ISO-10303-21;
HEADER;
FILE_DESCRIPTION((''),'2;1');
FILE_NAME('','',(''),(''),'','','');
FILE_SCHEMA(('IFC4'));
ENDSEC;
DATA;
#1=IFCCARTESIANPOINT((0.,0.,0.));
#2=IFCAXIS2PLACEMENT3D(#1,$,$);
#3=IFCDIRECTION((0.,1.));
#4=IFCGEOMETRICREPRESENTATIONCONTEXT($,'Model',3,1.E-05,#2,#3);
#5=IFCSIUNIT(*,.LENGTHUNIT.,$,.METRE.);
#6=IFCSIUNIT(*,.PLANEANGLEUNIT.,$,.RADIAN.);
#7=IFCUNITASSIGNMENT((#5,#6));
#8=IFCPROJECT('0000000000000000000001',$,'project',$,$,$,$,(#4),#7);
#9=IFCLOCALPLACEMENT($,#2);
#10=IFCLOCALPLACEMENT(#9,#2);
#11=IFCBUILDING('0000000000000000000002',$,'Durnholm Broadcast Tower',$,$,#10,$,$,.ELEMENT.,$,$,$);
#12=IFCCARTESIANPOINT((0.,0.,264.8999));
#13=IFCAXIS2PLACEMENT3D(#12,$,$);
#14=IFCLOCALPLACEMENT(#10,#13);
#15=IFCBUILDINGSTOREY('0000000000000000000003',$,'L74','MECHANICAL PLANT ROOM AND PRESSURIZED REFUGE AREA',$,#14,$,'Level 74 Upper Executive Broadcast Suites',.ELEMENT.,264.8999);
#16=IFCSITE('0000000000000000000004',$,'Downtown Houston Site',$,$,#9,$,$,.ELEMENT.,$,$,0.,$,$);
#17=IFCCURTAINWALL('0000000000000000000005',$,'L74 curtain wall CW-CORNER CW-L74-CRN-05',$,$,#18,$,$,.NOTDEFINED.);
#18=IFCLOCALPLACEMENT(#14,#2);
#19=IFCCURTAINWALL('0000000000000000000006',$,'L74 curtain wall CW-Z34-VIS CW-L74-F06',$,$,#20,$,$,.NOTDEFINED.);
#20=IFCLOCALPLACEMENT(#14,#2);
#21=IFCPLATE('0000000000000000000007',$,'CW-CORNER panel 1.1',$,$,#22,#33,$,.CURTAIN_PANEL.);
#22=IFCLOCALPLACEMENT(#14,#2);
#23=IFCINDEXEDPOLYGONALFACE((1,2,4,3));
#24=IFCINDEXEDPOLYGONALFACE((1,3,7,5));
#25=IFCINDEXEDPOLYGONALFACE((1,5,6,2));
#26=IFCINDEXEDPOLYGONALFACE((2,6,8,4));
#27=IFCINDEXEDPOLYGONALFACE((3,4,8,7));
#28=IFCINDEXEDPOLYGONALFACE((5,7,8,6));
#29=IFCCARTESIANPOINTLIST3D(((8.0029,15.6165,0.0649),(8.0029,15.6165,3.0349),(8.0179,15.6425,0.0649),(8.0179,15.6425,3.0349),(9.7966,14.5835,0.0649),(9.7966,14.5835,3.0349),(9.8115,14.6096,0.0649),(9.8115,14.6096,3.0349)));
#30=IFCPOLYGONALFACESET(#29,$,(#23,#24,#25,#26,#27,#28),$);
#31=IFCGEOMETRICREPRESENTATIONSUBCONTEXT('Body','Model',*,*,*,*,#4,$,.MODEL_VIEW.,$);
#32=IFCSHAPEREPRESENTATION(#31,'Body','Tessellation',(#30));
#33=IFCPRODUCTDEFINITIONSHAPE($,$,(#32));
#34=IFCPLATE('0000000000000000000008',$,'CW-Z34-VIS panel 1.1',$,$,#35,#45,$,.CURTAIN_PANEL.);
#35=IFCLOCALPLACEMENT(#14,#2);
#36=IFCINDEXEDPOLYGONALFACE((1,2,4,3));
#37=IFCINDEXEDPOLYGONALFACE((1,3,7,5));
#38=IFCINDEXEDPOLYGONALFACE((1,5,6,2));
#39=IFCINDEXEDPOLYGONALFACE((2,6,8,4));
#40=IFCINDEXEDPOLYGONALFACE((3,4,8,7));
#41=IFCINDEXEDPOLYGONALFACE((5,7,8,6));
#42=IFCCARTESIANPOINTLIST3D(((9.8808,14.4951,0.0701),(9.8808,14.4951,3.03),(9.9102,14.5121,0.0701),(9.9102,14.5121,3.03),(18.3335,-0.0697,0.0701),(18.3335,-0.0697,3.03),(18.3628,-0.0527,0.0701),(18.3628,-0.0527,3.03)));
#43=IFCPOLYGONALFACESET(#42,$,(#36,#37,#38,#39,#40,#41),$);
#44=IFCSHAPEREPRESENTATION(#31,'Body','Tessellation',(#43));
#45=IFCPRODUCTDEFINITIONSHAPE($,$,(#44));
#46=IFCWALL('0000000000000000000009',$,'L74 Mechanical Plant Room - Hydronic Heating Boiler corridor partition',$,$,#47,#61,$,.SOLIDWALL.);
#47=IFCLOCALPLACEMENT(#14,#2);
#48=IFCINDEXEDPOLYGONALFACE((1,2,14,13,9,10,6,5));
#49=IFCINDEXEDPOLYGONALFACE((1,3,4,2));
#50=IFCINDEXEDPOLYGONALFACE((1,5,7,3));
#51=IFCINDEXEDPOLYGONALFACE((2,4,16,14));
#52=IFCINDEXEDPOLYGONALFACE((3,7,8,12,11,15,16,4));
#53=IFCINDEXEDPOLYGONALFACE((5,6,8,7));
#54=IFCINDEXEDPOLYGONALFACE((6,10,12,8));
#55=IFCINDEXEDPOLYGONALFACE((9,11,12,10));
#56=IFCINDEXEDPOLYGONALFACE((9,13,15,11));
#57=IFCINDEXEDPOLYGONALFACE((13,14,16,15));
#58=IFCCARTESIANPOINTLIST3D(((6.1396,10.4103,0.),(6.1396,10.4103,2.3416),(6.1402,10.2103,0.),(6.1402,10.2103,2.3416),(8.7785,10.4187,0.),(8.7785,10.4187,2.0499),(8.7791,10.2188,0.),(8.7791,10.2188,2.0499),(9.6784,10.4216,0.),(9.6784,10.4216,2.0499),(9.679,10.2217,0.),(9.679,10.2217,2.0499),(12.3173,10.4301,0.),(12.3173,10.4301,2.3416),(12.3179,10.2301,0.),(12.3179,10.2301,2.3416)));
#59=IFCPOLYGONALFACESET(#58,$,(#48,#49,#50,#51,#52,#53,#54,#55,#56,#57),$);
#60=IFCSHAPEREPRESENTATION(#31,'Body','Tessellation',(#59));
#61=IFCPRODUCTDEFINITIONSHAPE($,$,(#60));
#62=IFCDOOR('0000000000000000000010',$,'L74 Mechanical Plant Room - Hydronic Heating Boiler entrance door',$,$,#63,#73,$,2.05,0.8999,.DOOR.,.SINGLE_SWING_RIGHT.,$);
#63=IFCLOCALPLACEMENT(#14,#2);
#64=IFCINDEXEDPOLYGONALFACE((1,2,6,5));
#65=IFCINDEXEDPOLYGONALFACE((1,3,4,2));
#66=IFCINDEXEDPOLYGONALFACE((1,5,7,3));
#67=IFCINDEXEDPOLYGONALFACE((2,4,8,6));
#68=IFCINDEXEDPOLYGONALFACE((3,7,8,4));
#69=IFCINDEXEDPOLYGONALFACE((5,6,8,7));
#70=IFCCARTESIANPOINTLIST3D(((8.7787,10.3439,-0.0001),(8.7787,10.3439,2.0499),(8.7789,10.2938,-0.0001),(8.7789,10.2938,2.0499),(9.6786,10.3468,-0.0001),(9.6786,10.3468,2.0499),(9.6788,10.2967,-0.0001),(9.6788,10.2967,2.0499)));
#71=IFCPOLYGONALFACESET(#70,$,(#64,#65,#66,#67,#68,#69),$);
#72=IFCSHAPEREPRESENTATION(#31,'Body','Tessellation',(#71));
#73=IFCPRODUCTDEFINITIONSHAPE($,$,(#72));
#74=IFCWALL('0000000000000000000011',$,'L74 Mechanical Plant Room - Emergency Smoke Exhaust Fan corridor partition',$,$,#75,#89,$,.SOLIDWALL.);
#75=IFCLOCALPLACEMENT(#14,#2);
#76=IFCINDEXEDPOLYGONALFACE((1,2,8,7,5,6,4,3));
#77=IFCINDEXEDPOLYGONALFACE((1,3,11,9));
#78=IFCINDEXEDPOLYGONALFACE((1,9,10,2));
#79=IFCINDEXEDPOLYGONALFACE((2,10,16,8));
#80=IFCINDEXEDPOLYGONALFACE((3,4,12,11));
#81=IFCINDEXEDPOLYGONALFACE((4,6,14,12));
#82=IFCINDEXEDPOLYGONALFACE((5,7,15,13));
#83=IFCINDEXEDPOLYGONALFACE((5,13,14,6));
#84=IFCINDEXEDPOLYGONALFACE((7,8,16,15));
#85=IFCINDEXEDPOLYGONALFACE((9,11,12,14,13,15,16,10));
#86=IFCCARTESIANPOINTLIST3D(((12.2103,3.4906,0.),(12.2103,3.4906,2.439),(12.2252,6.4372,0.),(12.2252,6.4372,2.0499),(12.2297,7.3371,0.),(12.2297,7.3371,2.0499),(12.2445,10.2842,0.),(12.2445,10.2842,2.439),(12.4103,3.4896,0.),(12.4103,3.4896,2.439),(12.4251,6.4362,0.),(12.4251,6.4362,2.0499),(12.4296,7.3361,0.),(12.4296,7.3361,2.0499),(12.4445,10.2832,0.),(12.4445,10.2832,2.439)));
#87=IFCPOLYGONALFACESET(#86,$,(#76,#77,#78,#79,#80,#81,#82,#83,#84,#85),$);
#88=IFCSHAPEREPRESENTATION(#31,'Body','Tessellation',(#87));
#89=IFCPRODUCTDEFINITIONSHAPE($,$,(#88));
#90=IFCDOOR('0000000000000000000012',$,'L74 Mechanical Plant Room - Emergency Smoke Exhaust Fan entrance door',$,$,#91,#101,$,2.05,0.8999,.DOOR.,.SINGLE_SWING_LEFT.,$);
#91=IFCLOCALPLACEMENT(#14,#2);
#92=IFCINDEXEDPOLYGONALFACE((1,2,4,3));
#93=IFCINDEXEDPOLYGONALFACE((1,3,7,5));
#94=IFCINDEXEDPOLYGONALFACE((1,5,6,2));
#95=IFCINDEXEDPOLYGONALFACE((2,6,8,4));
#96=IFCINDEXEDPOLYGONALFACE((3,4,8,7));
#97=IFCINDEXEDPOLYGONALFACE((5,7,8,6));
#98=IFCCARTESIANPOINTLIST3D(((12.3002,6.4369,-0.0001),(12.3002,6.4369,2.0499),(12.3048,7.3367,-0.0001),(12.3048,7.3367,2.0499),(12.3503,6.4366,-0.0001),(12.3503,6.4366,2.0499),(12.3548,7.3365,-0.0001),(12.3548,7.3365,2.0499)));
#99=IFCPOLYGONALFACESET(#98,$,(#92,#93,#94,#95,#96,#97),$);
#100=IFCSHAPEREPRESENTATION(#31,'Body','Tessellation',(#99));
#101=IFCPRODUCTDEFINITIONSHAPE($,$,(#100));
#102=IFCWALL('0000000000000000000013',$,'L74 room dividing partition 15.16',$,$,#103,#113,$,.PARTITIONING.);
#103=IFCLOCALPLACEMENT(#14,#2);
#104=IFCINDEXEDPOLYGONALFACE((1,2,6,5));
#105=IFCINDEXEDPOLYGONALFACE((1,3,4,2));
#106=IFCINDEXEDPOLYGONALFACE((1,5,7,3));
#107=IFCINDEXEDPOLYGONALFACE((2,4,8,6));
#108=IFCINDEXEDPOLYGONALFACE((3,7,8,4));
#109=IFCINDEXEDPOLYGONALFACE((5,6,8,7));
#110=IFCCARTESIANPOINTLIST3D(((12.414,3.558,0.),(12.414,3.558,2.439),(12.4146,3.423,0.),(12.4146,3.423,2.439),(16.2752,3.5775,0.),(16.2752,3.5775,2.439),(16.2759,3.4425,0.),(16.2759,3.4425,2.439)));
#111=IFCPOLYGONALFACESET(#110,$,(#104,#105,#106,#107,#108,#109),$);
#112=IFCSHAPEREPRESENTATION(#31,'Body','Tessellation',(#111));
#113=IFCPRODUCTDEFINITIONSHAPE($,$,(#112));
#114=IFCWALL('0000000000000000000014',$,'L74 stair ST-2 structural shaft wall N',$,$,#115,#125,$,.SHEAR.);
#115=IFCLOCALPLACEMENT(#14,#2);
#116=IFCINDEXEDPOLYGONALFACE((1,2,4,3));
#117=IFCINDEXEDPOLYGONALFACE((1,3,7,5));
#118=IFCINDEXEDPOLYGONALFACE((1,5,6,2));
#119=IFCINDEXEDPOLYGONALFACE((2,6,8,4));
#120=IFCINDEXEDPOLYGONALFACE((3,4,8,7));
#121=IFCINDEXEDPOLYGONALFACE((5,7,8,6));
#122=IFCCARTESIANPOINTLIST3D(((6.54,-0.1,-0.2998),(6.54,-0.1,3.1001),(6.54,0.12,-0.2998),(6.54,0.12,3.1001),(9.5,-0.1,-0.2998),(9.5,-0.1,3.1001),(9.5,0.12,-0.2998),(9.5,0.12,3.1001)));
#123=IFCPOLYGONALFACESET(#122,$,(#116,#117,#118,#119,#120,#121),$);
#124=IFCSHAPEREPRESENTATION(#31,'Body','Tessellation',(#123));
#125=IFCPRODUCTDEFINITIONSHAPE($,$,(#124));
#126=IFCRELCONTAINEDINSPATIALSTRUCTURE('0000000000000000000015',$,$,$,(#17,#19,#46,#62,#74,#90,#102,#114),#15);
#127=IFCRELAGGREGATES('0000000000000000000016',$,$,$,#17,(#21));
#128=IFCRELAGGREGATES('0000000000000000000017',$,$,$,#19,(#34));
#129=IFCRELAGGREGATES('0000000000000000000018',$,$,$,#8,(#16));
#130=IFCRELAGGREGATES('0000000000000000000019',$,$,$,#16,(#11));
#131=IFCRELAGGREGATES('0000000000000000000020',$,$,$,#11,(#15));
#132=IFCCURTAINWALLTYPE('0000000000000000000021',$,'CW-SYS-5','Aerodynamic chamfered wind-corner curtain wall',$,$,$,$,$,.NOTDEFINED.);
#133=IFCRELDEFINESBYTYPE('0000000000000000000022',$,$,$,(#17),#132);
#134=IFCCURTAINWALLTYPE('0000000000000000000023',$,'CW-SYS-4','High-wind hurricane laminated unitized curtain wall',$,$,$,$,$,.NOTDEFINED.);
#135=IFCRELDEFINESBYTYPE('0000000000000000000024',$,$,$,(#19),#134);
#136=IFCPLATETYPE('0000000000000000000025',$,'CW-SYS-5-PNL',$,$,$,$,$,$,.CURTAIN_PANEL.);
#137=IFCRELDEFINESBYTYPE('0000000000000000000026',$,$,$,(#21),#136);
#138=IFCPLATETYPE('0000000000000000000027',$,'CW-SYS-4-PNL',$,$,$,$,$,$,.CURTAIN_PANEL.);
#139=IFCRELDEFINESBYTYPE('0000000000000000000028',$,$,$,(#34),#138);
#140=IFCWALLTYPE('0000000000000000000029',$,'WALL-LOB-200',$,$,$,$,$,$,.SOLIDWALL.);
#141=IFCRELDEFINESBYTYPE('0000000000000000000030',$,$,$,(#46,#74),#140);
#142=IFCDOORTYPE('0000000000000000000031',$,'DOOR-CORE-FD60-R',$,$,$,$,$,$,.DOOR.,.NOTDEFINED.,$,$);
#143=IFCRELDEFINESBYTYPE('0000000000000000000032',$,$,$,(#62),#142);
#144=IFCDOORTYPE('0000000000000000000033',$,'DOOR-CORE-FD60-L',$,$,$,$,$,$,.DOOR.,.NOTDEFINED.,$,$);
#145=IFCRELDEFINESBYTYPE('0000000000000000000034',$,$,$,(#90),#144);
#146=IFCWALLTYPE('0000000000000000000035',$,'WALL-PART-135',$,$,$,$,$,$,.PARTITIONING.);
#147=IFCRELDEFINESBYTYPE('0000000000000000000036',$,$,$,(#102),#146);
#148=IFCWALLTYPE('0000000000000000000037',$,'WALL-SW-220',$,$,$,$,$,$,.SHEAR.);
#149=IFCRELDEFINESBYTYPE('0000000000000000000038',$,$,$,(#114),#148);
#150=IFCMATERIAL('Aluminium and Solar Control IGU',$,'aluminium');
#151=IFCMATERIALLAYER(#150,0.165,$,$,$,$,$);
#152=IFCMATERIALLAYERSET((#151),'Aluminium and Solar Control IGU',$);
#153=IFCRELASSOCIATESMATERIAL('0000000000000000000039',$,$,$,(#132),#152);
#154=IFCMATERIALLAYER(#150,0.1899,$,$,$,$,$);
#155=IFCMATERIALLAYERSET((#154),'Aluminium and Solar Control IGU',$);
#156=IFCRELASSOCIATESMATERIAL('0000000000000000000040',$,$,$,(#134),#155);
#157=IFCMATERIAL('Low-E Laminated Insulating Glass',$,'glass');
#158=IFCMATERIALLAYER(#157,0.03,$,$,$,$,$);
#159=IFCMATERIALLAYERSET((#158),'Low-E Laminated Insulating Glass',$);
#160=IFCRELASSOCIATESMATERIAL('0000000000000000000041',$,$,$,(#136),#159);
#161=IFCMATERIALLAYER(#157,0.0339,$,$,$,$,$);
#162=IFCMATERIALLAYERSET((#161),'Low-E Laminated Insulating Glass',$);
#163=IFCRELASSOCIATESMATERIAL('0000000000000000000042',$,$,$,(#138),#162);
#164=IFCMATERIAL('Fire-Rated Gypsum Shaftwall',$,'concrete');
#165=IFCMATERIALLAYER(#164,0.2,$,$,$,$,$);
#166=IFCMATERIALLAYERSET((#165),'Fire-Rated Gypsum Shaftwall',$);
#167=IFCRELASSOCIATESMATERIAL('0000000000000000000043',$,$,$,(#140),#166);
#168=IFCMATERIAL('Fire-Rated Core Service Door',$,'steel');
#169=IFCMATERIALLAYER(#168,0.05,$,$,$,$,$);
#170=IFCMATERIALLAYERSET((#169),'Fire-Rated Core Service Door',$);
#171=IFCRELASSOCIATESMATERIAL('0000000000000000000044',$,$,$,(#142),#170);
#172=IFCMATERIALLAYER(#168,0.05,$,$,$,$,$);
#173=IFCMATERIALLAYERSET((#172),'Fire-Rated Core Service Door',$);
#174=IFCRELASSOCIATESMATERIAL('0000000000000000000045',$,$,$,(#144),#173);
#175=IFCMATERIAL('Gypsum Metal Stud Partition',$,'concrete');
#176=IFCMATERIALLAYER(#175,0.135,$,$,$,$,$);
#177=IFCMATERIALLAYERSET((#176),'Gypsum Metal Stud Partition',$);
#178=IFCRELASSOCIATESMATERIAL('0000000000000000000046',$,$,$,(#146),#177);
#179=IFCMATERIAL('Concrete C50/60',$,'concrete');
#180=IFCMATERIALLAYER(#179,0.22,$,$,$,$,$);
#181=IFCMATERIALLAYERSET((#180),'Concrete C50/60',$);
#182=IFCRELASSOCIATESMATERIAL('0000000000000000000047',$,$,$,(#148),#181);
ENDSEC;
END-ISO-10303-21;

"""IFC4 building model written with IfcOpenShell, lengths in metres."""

from ifc_helpers import new_model, si_unit, direction, frame, frame_2d, origin, origin_2d, place, context, subcontext, project, spatial, rectangle, extrude, source, transform, mapped, material, layer, layer_set, type_object, type_shapes, element, fill, aggregate, save


model = new_model("IFC4")

# Units and contexts
model_context = context("Model", 3, precision=1e-05, world=origin(), true_north=direction((0.0, 1.0)))
body_context = subcontext(model_context, "Body", "Model", "MODEL_VIEW")
ifc_project = project(units=[si_unit("LENGTHUNIT", "METRE"), si_unit("PLANEANGLEUNIT", "RADIAN")], contexts=[model_context])

# Site, building, storey
site_placement = place(None, origin())
site = spatial("IfcSite", under=ifc_project, at=site_placement, Name="Downtown Houston Site", CompositionType="ELEMENT", RefElevation=0.0)
building_placement = place(site_placement, origin())
building = spatial("IfcBuilding", under=site, at=building_placement, Name="Durnholm Broadcast Tower", CompositionType="ELEMENT")
storey_placement = place(building_placement, frame((0.0, 0.0, 264.8999)))
storey = spatial("IfcBuildingStorey", under=building, at=storey_placement, Name="L74", Description="MECHANICAL PLANT ROOM AND PRESSURIZED REFUGE AREA", LongName="Level 74 Upper Executive Broadcast Suites", CompositionType="ELEMENT", Elevation=264.8999)

# Curtain walls
ifc_material_1 = material(Name="Aluminium and Solar Control IGU", Category="aluminium")
ifc_layer_1 = layer(ifc_material_1, 0.165)
ifc_layer_set_1 = layer_set([ifc_layer_1], Name="Aluminium and Solar Control IGU")
curtain_wall_type_1 = type_object("IfcCurtainWallType", Name="CW-SYS-5", Description="Aerodynamic chamfered wind-corner curtain wall", PredefinedType="NOTDEFINED", material=ifc_layer_set_1)
curtain_wall_1_placement = place(storey_placement, origin())
curtain_wall_1 = element("IfcCurtainWall", 1, at=curtain_wall_1_placement, inside=storey, type_object=curtain_wall_type_1, Name="L74 curtain wall CW-CORNER CW-L74-CRN-05", PredefinedType="NOTDEFINED")
ifc_layer_2 = layer(ifc_material_1, 0.1899)
ifc_layer_set_2 = layer_set([ifc_layer_2], Name="Aluminium and Solar Control IGU")
curtain_wall_type_2 = type_object("IfcCurtainWallType", Name="CW-SYS-4", Description="High-wind hurricane laminated unitized curtain wall", PredefinedType="NOTDEFINED", material=ifc_layer_set_2)
curtain_wall_2_placement = place(storey_placement, origin())
curtain_wall_2 = element("IfcCurtainWall", 2, at=curtain_wall_2_placement, inside=storey, type_object=curtain_wall_type_2, Name="L74 curtain wall CW-Z34-VIS CW-L74-F06", PredefinedType="NOTDEFINED")

# Plates
ifc_material_2 = material(Name="Low-E Laminated Insulating Glass", Category="glass")
ifc_layer_3 = layer(ifc_material_2, 0.03)
ifc_layer_set_3 = layer_set([ifc_layer_3], Name="Low-E Laminated Insulating Glass")
plate_type_1 = type_object("IfcPlateType", Name="CW-SYS-5-PNL", PredefinedType="CURTAIN_PANEL", material=ifc_layer_set_3)
shared_shape_1 = source(origin(), body_context, "Body", "SweptSolid", [
    extrude(rectangle(XDim=2.0698, YDim=0.03, at=origin_2d()), origin(), (0.0, 0.0, 1.0), 2.97),
])
type_shapes(plate_type_1, [shared_shape_1])
plate_1_placement = place(storey_placement, frame((8.9072, 15.113, 0.0649), z_axis=(0.0, 0.0, 1.0), x_axis=(0.866568, -0.499059, 0.0)))
plate_1 = element("IfcPlate", 3, at=plate_1_placement, type_object=plate_type_1, Name="CW-CORNER panel 1.1", PredefinedType="CURTAIN_PANEL", context=body_context, shape_type="MappedRepresentation", body=[
    mapped(shared_shape_1, transform((0.0, 0.0, 0.0), x_axis=(1.0, 0.0, 0.0), y_axis=(0.0, 1.0, 0.0), z_axis=(0.0, 0.0, 1.0), scale=1.0)),
])
aggregate(curtain_wall_1, [plate_1])
ifc_layer_4 = layer(ifc_material_2, 0.0339)
ifc_layer_set_4 = layer_set([ifc_layer_4], Name="Low-E Laminated Insulating Glass")
plate_type_2 = type_object("IfcPlateType", Name="CW-SYS-4-PNL", PredefinedType="CURTAIN_PANEL", material=ifc_layer_set_4)
shared_shape_2 = source(origin(), body_context, "Body", "SweptSolid", [
    extrude(rectangle(XDim=16.8398, YDim=0.0339, at=origin_2d()), origin(), (0.0, 0.0, 1.0), 2.96),
])
type_shapes(plate_type_2, [shared_shape_2])
plate_2_placement = place(storey_placement, frame((14.1218, 7.2212, 0.0701), z_axis=(0.0, 0.0, 1.0), x_axis=(0.501944, -0.8649, 0.0)))
plate_2 = element("IfcPlate", 4, at=plate_2_placement, type_object=plate_type_2, Name="CW-Z34-VIS panel 1.1", PredefinedType="CURTAIN_PANEL", context=body_context, shape_type="MappedRepresentation", body=[
    mapped(shared_shape_2, transform((0.0, 0.0, 0.0), x_axis=(1.0, 0.0, 0.0), y_axis=(0.0, 1.0, 0.0), z_axis=(0.0, 0.0, 1.0), scale=1.0)),
])
aggregate(curtain_wall_2, [plate_2])

# Walls, openings, doors
ifc_material_3 = material(Name="Fire-Rated Gypsum Shaftwall", Category="concrete")
ifc_layer_5 = layer(ifc_material_3, 0.2)
ifc_layer_set_5 = layer_set([ifc_layer_5], Name="Fire-Rated Gypsum Shaftwall")
wall_type_1 = type_object("IfcWallType", Name="WALL-LOB-200", PredefinedType="SOLIDWALL", material=ifc_layer_set_5)
wall_1_placement = place(storey_placement, frame((12.3176, 10.3301, 0.0), z_axis=(0.0, 0.0, 1.0), x_axis=(-0.999995, -0.003201, 0.0)))
wall_1 = element("IfcWall", 5, at=wall_1_placement, inside=storey, type_object=wall_type_1, Name="L74 Mechanical Plant Room - Hydronic Heating Boiler corridor partition", PredefinedType="SOLIDWALL", context=body_context, shape_type="SweptSolid", body=[
    extrude(rectangle(XDim=6.1777, YDim=0.2, at=frame_2d((3.0889, 0.0))), origin(), (0.0, 0.0, 1.0), 2.3416),
])
opening_1_placement = place(wall_1_placement, frame((2.6389, 0.0, 0.0)))
opening_1 = element("IfcOpeningElement", 6, at=opening_1_placement, cuts=wall_1, PredefinedType="OPENING", context=body_context, shape_type="SweptSolid", body=[
    extrude(rectangle(XDim=0.8999, YDim=2.05, at=frame_2d((0.45, 1.0249))), frame((0.0, 0.1099, 0.0), z_axis=(0.0, -1.0, 0.0), x_axis=(1.0, 0.0, 0.0)), (0.0, 0.0, 1.0), 0.22),
])
ifc_material_4 = material(Name="Fire-Rated Core Service Door", Category="steel")
ifc_layer_6 = layer(ifc_material_4, 0.05)
ifc_layer_set_6 = layer_set([ifc_layer_6], Name="Fire-Rated Core Service Door")
door_type_1 = type_object("IfcDoorType", Name="DOOR-CORE-FD60-R", OperationType="NOTDEFINED", PredefinedType="DOOR", material=ifc_layer_set_6)
shared_shape_3 = source(origin(), body_context, "Body", "SweptSolid", [
    extrude(rectangle(XDim=0.8999, YDim=2.05, at=frame_2d((0.45, 1.0249))), frame((0.0, 0.0249, 0.0), z_axis=(0.0, -1.0, 0.0), x_axis=(1.0, 0.0, 0.0)), (0.0, 0.0, 1.0), 0.05),
])
type_shapes(door_type_1, [shared_shape_3])
door_1_placement = place(opening_1_placement, origin())
door_1 = element("IfcDoor", 7, at=door_1_placement, inside=storey, type_object=door_type_1, Name="L74 Mechanical Plant Room - Hydronic Heating Boiler entrance door", OperationType="SINGLE_SWING_RIGHT", OverallHeight=2.05, OverallWidth=0.8999, PredefinedType="DOOR", context=body_context, shape_type="MappedRepresentation", body=[
    mapped(shared_shape_3, transform((0.0, 0.0, 0.0), x_axis=(1.0, 0.0, 0.0), y_axis=(0.0, 1.0, 0.0), z_axis=(0.0, 0.0, 1.0), scale=1.0)),
])
fill(opening_1, door_1)
wall_2_placement = place(storey_placement, frame((12.3103, 3.49, 0.0), z_axis=(0.0, 0.0, 1.0), x_axis=(0.005031, 0.999987, 0.0)))
wall_2 = element("IfcWall", 8, at=wall_2_placement, inside=storey, type_object=wall_type_1, Name="L74 Mechanical Plant Room - Emergency Smoke Exhaust Fan corridor partition", PredefinedType="SOLIDWALL", context=body_context, shape_type="SweptSolid", body=[
    extrude(rectangle(XDim=6.7937, YDim=0.2, at=frame_2d((3.397, 0.0))), origin(), (0.0, 0.0, 1.0), 2.439),
])
opening_2_placement = place(wall_2_placement, frame((2.9468, 0.0, 0.0)))
opening_2 = element("IfcOpeningElement", 9, at=opening_2_placement, cuts=wall_2, PredefinedType="OPENING", context=body_context, shape_type="SweptSolid", body=[
    extrude(rectangle(XDim=0.8999, YDim=2.05, at=frame_2d((0.45, 1.0249))), frame((0.0, 0.1099, 0.0), z_axis=(0.0, -1.0, 0.0), x_axis=(1.0, 0.0, 0.0)), (0.0, 0.0, 1.0), 0.22),
])
ifc_layer_7 = layer(ifc_material_4, 0.05)
ifc_layer_set_7 = layer_set([ifc_layer_7], Name="Fire-Rated Core Service Door")
door_type_2 = type_object("IfcDoorType", Name="DOOR-CORE-FD60-L", OperationType="NOTDEFINED", PredefinedType="DOOR", material=ifc_layer_set_7)
shared_shape_4 = source(origin(), body_context, "Body", "SweptSolid", [
    extrude(rectangle(XDim=0.8999, YDim=2.05, at=frame_2d((0.45, 1.0249))), frame((0.0, 0.0249, 0.0), z_axis=(0.0, -1.0, 0.0), x_axis=(1.0, 0.0, 0.0)), (0.0, 0.0, 1.0), 0.05),
])
type_shapes(door_type_2, [shared_shape_4])
door_2_placement = place(opening_2_placement, origin())
door_2 = element("IfcDoor", 10, at=door_2_placement, inside=storey, type_object=door_type_2, Name="L74 Mechanical Plant Room - Emergency Smoke Exhaust Fan entrance door", OperationType="SINGLE_SWING_LEFT", OverallHeight=2.05, OverallWidth=0.8999, PredefinedType="DOOR", context=body_context, shape_type="MappedRepresentation", body=[
    mapped(shared_shape_4, transform((0.0, 0.0, 0.0), x_axis=(1.0, 0.0, 0.0), y_axis=(0.0, 1.0, 0.0), z_axis=(0.0, 0.0, 1.0), scale=1.0)),
])
fill(opening_2, door_2)

# Walls
ifc_material_5 = material(Name="Gypsum Metal Stud Partition", Category="concrete")
ifc_layer_8 = layer(ifc_material_5, 0.135)
ifc_layer_set_8 = layer_set([ifc_layer_8], Name="Gypsum Metal Stud Partition")
wall_type_2 = type_object("IfcWallType", Name="WALL-PART-135", PredefinedType="PARTITIONING", material=ifc_layer_set_8)
wall_3_placement = place(storey_placement, frame((12.4143, 3.4905, 0.0), z_axis=(0.0, 0.0, 1.0), x_axis=(0.999987, 0.005058, 0.0)))
element("IfcWall", 11, at=wall_3_placement, inside=storey, type_object=wall_type_2, Name="L74 room dividing partition 15.16", PredefinedType="PARTITIONING", context=body_context, shape_type="SweptSolid", body=[
    extrude(rectangle(XDim=3.8613, YDim=0.135, at=frame_2d((1.9307, 0.0))), origin(), (0.0, 0.0, 1.0), 2.439),
])
ifc_material_6 = material(Name="Concrete C50/60", Category="concrete")
ifc_layer_9 = layer(ifc_material_6, 0.22)
ifc_layer_set_9 = layer_set([ifc_layer_9], Name="Concrete C50/60")
wall_type_3 = type_object("IfcWallType", Name="WALL-SW-220", PredefinedType="SHEAR", material=ifc_layer_set_9)
wall_4_placement = place(storey_placement, frame((9.5, 0.01, -0.2998), z_axis=(0.0, 0.0, 1.0), x_axis=(-1.0, 0.0, 0.0)))
element("IfcWall", 12, at=wall_4_placement, inside=storey, type_object=wall_type_3, Name="L74 stair ST-2 structural shaft wall N", PredefinedType="SHEAR", context=body_context, shape_type="SweptSolid", body=[
    extrude(rectangle(XDim=2.96, YDim=0.22, at=frame_2d((1.48, 0.0))), origin(), (0.0, 0.0, 1.0), 3.3999),
])

save(model, "model.ifc")
